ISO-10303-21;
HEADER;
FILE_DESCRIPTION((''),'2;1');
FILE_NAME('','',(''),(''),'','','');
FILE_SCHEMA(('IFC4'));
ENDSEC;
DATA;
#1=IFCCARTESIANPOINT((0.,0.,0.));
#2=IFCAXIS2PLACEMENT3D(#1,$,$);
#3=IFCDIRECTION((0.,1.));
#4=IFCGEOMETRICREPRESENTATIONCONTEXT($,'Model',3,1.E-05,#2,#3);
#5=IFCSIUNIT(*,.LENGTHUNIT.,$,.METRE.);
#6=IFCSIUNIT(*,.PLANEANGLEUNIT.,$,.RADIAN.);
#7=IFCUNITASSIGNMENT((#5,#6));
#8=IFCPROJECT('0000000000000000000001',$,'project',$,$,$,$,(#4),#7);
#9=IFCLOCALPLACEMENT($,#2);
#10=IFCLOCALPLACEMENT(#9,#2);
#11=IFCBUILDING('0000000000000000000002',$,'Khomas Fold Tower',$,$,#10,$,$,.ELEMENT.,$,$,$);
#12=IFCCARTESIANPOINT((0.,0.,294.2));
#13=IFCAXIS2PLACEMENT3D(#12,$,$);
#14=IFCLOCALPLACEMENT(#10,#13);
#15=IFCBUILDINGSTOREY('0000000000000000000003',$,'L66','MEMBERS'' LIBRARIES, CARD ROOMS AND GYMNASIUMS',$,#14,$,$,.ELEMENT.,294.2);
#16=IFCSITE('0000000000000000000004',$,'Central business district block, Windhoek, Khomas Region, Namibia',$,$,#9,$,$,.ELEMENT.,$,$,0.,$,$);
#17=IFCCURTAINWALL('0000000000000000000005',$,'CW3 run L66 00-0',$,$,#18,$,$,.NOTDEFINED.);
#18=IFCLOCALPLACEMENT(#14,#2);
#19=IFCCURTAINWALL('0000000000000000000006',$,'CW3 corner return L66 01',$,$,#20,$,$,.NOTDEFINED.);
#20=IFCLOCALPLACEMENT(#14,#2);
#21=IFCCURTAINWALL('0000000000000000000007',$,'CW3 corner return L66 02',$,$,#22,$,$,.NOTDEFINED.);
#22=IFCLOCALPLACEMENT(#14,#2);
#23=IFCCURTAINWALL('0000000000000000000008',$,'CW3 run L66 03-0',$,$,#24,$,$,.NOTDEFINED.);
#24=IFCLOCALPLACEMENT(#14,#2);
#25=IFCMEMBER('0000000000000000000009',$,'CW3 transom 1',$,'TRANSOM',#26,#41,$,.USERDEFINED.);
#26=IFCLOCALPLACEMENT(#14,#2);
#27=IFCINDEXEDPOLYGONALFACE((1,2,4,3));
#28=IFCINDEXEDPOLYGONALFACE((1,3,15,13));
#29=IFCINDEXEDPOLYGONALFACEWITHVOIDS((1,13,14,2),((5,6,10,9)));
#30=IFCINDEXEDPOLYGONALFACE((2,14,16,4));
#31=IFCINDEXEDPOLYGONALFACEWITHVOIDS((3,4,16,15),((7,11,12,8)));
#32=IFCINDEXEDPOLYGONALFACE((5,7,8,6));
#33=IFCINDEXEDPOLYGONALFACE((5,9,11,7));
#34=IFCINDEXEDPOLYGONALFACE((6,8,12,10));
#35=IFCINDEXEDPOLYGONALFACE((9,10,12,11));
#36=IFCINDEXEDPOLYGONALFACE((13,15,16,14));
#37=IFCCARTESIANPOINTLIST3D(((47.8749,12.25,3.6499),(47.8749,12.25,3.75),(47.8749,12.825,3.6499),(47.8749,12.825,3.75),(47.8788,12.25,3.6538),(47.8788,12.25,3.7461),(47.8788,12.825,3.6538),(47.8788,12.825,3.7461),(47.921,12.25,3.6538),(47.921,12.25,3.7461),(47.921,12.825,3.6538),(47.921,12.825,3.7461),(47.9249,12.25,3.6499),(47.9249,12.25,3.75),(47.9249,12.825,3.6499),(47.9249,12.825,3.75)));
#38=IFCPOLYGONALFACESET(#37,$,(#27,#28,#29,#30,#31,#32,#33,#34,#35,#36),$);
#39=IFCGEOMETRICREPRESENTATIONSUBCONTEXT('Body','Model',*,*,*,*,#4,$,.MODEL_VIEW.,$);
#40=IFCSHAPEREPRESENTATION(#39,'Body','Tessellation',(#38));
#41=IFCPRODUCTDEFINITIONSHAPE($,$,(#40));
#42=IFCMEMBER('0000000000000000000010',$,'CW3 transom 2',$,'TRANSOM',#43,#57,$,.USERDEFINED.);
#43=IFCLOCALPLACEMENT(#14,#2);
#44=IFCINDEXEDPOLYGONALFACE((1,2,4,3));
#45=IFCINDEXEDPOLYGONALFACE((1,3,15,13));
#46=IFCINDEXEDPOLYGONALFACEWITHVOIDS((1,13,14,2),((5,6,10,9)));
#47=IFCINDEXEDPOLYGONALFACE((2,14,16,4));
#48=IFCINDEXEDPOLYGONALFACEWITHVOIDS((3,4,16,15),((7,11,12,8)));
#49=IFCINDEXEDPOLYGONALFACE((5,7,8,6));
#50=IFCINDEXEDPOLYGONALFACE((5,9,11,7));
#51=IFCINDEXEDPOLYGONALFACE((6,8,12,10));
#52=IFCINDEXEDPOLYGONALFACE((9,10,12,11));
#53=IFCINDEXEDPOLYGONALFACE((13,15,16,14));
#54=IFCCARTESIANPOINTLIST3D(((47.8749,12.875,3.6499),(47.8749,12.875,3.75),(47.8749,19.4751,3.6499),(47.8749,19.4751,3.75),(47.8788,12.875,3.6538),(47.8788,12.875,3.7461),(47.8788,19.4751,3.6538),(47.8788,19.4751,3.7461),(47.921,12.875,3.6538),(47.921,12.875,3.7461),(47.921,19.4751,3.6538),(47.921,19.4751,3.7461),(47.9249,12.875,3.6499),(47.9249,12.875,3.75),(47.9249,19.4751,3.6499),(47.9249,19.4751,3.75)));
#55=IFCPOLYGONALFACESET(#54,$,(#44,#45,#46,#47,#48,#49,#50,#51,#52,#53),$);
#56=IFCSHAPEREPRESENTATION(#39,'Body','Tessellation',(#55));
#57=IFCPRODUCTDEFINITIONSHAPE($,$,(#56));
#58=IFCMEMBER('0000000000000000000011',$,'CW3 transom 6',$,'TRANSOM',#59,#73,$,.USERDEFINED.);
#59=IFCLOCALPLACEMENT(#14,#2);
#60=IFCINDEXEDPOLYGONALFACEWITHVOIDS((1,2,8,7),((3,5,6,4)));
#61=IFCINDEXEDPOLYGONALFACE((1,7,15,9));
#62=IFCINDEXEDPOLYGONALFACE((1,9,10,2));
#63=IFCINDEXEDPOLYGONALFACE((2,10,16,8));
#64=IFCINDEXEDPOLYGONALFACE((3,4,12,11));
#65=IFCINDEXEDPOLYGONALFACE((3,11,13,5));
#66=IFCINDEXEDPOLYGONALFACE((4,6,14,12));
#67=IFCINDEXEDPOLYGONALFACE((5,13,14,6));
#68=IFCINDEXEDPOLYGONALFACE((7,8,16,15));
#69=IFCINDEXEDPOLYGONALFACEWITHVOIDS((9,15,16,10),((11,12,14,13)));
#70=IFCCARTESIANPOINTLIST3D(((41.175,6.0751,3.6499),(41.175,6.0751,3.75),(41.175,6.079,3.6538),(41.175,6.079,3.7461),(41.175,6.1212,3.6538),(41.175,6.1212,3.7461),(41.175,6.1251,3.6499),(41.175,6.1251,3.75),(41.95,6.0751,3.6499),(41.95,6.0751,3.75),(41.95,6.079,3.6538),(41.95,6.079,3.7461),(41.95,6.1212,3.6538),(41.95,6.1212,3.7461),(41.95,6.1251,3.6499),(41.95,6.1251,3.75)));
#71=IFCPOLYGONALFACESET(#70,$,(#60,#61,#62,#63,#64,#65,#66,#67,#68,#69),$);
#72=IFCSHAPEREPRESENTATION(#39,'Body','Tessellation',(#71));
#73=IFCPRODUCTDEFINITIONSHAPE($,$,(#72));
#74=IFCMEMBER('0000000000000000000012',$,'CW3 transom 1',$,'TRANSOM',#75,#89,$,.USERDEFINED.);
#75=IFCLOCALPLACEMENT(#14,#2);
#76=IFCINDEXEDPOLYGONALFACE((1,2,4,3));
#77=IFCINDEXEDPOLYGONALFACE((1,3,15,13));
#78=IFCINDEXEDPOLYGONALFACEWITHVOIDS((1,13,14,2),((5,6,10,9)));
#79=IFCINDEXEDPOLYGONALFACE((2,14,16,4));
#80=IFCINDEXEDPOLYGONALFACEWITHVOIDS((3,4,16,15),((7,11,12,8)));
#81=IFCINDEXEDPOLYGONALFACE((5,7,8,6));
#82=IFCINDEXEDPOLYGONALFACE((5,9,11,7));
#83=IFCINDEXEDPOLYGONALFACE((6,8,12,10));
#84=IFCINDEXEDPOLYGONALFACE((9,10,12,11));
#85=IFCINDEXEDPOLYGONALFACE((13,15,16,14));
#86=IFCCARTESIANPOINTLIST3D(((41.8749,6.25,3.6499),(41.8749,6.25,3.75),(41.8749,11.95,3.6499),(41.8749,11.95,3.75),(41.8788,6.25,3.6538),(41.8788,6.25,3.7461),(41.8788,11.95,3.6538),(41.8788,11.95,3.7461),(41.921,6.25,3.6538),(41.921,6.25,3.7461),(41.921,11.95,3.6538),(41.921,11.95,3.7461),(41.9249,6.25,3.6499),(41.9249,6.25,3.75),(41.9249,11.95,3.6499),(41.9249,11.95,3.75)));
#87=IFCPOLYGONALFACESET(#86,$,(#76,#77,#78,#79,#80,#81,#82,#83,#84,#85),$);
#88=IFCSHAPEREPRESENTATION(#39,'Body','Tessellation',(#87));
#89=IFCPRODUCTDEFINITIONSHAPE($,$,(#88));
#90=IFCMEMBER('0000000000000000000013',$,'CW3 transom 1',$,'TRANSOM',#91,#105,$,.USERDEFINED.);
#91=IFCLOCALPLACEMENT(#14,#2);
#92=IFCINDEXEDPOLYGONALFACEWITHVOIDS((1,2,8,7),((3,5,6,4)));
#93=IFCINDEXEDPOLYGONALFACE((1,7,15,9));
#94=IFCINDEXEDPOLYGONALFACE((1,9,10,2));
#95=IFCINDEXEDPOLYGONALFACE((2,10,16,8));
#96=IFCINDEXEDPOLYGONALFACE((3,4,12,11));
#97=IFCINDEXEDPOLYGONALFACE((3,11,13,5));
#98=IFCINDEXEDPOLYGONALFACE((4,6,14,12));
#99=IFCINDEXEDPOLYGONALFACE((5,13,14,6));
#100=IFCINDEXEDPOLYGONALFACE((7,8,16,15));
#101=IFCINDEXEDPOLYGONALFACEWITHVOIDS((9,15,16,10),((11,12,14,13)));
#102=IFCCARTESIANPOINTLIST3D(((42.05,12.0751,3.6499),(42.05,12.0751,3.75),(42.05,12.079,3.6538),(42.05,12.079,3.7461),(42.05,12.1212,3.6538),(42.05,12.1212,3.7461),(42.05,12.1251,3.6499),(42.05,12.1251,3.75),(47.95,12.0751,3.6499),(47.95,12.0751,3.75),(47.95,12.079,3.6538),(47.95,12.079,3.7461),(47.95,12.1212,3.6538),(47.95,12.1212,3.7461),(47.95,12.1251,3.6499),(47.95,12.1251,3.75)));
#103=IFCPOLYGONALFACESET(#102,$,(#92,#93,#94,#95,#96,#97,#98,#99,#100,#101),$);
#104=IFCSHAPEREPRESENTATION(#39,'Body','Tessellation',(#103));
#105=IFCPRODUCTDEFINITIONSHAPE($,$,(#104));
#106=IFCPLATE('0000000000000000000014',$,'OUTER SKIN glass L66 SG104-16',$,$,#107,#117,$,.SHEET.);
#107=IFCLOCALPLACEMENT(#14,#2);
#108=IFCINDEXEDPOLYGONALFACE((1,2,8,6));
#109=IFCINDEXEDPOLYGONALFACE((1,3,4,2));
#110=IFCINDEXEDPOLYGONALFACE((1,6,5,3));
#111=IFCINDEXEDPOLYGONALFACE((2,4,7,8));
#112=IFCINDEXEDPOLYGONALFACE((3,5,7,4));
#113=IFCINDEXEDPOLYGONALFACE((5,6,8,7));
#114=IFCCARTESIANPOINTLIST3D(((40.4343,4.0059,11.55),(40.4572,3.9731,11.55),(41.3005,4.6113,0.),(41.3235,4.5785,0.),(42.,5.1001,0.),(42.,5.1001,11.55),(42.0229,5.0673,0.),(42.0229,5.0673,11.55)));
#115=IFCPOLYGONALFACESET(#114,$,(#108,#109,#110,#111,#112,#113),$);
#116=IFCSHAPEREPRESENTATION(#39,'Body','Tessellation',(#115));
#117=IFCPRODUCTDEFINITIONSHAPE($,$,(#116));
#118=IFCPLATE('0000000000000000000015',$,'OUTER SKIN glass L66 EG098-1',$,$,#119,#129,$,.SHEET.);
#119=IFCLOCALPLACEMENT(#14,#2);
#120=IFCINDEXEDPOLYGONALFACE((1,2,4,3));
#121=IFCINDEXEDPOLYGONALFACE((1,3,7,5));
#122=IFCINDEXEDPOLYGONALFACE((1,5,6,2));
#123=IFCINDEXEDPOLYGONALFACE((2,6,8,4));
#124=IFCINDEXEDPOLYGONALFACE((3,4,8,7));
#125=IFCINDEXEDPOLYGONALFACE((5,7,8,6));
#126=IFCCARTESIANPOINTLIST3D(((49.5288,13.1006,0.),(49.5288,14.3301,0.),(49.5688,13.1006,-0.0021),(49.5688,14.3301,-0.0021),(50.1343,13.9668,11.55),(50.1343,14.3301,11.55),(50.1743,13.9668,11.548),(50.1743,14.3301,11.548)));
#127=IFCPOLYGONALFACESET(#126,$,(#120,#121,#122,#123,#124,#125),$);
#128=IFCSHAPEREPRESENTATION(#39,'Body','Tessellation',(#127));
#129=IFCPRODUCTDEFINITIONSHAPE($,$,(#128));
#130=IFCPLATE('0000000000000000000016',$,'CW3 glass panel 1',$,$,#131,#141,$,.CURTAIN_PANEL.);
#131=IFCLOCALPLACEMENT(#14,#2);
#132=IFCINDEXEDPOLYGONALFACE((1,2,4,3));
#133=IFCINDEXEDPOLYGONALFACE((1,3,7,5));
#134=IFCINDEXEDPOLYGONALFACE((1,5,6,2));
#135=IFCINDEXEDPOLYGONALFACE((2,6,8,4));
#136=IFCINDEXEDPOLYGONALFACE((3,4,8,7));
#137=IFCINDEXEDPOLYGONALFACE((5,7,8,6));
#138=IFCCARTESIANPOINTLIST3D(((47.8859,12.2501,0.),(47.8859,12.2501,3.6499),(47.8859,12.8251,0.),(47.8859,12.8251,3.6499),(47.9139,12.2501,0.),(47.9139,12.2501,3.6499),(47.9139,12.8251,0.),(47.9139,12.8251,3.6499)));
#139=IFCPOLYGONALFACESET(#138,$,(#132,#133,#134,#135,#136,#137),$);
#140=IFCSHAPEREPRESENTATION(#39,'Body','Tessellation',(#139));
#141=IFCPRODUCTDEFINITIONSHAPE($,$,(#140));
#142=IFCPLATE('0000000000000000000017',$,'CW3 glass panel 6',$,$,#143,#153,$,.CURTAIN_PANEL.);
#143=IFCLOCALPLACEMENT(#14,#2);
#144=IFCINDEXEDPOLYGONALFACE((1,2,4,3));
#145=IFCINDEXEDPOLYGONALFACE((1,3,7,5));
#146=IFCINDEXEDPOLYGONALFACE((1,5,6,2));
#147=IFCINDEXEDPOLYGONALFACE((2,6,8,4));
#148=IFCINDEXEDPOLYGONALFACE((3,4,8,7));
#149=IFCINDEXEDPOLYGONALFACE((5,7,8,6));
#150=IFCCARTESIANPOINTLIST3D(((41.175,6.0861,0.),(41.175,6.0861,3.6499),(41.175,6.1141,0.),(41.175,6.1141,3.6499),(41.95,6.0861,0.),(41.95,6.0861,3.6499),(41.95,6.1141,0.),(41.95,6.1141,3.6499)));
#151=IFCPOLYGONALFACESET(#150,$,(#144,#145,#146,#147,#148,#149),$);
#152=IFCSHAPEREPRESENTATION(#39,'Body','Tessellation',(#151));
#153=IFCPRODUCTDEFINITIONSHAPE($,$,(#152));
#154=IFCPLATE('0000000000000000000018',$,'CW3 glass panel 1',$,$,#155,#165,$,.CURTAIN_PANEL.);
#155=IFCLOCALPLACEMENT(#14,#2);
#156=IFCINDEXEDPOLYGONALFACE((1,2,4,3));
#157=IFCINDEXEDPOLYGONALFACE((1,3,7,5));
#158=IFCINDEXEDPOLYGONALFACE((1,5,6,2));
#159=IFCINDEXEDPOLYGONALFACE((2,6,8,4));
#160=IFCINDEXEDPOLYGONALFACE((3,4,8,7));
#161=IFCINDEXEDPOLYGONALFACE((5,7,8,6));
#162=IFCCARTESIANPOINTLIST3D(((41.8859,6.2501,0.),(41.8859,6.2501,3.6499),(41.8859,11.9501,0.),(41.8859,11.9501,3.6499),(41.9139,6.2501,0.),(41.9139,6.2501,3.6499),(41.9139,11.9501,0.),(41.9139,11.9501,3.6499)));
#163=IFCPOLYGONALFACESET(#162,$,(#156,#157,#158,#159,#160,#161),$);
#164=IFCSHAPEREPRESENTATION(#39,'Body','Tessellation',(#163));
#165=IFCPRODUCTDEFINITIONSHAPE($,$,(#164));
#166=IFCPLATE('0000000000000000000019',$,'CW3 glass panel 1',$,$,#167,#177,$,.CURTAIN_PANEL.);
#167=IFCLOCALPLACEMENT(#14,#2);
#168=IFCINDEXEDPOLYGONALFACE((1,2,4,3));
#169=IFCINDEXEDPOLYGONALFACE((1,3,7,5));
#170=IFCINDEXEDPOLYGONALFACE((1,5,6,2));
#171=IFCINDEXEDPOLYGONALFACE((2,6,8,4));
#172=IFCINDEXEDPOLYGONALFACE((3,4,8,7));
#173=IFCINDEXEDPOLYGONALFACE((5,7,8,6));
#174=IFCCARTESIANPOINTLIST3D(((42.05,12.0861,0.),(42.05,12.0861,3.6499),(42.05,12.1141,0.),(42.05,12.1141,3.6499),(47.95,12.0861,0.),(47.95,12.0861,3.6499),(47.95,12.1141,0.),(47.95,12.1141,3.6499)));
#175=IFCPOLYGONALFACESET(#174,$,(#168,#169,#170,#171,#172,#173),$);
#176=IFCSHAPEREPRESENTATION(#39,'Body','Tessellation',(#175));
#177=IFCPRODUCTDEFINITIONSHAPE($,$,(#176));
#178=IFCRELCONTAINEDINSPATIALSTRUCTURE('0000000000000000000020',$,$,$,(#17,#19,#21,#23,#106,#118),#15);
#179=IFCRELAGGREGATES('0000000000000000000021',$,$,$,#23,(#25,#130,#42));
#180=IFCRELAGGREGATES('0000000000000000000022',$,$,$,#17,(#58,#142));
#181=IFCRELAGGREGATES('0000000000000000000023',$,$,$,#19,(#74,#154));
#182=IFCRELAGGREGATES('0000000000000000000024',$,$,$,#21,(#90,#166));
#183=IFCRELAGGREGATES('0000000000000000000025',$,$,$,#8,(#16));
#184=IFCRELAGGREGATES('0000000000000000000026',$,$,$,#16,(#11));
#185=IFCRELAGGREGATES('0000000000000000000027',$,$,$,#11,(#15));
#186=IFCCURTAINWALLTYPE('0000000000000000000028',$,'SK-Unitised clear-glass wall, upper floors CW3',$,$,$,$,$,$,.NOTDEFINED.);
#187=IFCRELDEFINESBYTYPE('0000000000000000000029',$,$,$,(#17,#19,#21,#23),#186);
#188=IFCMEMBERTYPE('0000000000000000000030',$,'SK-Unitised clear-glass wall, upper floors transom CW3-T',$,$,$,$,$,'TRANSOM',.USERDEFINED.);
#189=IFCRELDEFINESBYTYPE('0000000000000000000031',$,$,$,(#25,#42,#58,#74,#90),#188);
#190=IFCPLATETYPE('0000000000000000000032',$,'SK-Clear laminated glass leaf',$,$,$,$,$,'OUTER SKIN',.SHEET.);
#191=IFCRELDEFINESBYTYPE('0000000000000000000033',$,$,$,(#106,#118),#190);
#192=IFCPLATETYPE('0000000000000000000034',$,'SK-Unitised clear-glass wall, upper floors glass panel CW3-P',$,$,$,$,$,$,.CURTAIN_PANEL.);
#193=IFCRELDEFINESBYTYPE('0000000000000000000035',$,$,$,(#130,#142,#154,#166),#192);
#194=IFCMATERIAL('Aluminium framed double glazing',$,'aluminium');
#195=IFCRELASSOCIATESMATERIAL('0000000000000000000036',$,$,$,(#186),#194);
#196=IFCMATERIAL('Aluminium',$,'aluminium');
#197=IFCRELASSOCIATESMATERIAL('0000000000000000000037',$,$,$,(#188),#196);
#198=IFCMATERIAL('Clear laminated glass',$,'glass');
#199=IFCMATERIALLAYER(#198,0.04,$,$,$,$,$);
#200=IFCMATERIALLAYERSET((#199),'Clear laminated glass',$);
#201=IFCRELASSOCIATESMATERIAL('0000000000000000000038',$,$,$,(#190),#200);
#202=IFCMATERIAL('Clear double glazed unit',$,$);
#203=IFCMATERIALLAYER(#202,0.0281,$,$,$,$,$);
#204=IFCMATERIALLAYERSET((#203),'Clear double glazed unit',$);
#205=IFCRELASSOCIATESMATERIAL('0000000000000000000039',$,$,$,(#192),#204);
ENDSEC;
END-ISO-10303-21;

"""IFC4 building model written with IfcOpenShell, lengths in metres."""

from ifc_helpers import new_model, si_unit, direction, frame, origin, origin_2d, place, context, subcontext, project, spatial, polyline, rectangle, hollow_rectangle, outline, extrude, source, transform, mapped, material, layer, layer_set, material_profile, profile_set, type_object, element, aggregate, save


model = new_model("IFC4")

# Units and contexts
model_context = context("Model", 3, precision=1e-05, world=origin(), true_north=direction((0.0, 1.0)))
body_context = subcontext(model_context, "Body", "Model", "MODEL_VIEW")
ifc_project = project(units=[si_unit("LENGTHUNIT", "METRE"), si_unit("PLANEANGLEUNIT", "RADIAN")], contexts=[model_context])

# Site, building, storey
site_placement = place(None, origin())
site = spatial("IfcSite", under=ifc_project, at=site_placement, Name="Central business district block, Windhoek, Khomas Region, Namibia", CompositionType="ELEMENT", RefElevation=0.0)
building_placement = place(site_placement, origin())
building = spatial("IfcBuilding", under=site, at=building_placement, Name="Khomas Fold Tower", CompositionType="ELEMENT")
storey_placement = place(building_placement, frame((0.0, 0.0, 294.2)))
storey = spatial("IfcBuildingStorey", under=building, at=storey_placement, Name="L66", Description="MEMBERS' LIBRARIES, CARD ROOMS AND GYMNASIUMS", CompositionType="ELEMENT", Elevation=294.2)

# Curtain wall
ifc_material_1 = material(Name="Aluminium framed double glazing", Category="aluminium")
curtain_wall_type = type_object("IfcCurtainWallType", Name="SK-Unitised clear-glass wall, upper floors CW3", PredefinedType="NOTDEFINED", material=ifc_material_1)
curtain_wall_1_placement = place(storey_placement, origin())
curtain_wall_1 = element("IfcCurtainWall", 1, at=curtain_wall_1_placement, inside=storey, type_object=curtain_wall_type, Name="CW3 run L66 00-0", PredefinedType="NOTDEFINED")

# Curtain walls, members
curtain_wall_2_placement = place(storey_placement, origin())
curtain_wall_2 = element("IfcCurtainWall", 2, at=curtain_wall_2_placement, inside=storey, type_object=curtain_wall_type, Name="CW3 corner return L66 01", PredefinedType="NOTDEFINED")
curtain_wall_3_placement = place(storey_placement, origin())
curtain_wall_3 = element("IfcCurtainWall", 3, at=curtain_wall_3_placement, inside=storey, type_object=curtain_wall_type, Name="CW3 corner return L66 02", PredefinedType="NOTDEFINED")
curtain_wall_4_placement = place(storey_placement, origin())
curtain_wall_4 = element("IfcCurtainWall", 4, at=curtain_wall_4_placement, inside=storey, type_object=curtain_wall_type, Name="CW3 run L66 03-0", PredefinedType="NOTDEFINED")
ifc_material_2 = material(Name="Aluminium", Category="aluminium")
ifc_material_profile_1 = material_profile(ifc_material_2, hollow_rectangle(XDim=0.05, YDim=0.1001, WallThickness=0.0039, at=origin_2d()), Name="SK-Unitised clear-glass wall, upper floors transom CW3-T")
ifc_profile_set_1 = profile_set([ifc_material_profile_1], Name="Aluminium")
member_type_1 = type_object("IfcMemberType", Name="SK-Unitised clear-glass wall, upper floors transom CW3-T", ElementType="TRANSOM", PredefinedType="USERDEFINED", material=ifc_profile_set_1)
shared_shape_1 = source(origin(), body_context, "Body", "SweptSolid", [
    extrude(hollow_rectangle(XDim=0.05, YDim=0.1001, WallThickness=0.0039, at=origin_2d()), origin(), (0.0, 0.0, 1.0), 0.575),
])
member_1_placement = place(storey_placement, frame((47.8999, 12.25, 3.7), z_axis=(0.0, 1.0, 0.0), x_axis=(-1.0, 0.0, 0.0)))
member_1 = element("IfcMember", 5, at=member_1_placement, type_object=member_type_1, Name="CW3 transom 1", ObjectType="TRANSOM", PredefinedType="USERDEFINED", context=body_context, shape_type="MappedRepresentation", body=[
    mapped(shared_shape_1, transform((0.0, 0.0, 0.0))),
])
shared_shape_2 = source(origin(), body_context, "Body", "SweptSolid", [
    extrude(hollow_rectangle(XDim=0.05, YDim=0.1001, WallThickness=0.0039, at=origin_2d()), origin(), (0.0, 0.0, 1.0), 6.6001),
])
member_2_placement = place(storey_placement, frame((47.8999, 12.875, 3.7), z_axis=(0.0, 1.0, 0.0), x_axis=(-1.0, 0.0, 0.0)))
member_2 = element("IfcMember", 6, at=member_2_placement, type_object=member_type_1, Name="CW3 transom 2", ObjectType="TRANSOM", PredefinedType="USERDEFINED", context=body_context, shape_type="MappedRepresentation", body=[
    mapped(shared_shape_2, transform((0.0, 0.0, 0.0))),
])

# Members
shared_shape_3 = source(origin(), body_context, "Body", "SweptSolid", [
    extrude(hollow_rectangle(XDim=0.05, YDim=0.1001, WallThickness=0.0039, at=origin_2d()), origin(), (0.0, 0.0, 1.0), 0.7749),
])
member_3_placement = place(storey_placement, frame((41.175, 6.1001, 3.7), z_axis=(1.0, 0.0, 0.0), x_axis=(0.0, 1.0, 0.0)))
member_3 = element("IfcMember", 7, at=member_3_placement, type_object=member_type_1, Name="CW3 transom 6", ObjectType="TRANSOM", PredefinedType="USERDEFINED", context=body_context, shape_type="MappedRepresentation", body=[
    mapped(shared_shape_3, transform((0.0, 0.0, 0.0))),
])
shared_shape_4 = source(origin(), body_context, "Body", "SweptSolid", [
    extrude(hollow_rectangle(XDim=0.05, YDim=0.1001, WallThickness=0.0039, at=origin_2d()), origin(), (0.0, 0.0, 1.0), 5.7),
])
member_4_placement = place(storey_placement, frame((41.8999, 6.25, 3.7), z_axis=(0.0, 1.0, 0.0), x_axis=(-1.0, 0.0, 0.0)))
member_4 = element("IfcMember", 8, at=member_4_placement, type_object=member_type_1, Name="CW3 transom 1", ObjectType="TRANSOM", PredefinedType="USERDEFINED", context=body_context, shape_type="MappedRepresentation", body=[
    mapped(shared_shape_4, transform((0.0, 0.0, 0.0))),
])
shared_shape_5 = source(origin(), body_context, "Body", "SweptSolid", [
    extrude(hollow_rectangle(XDim=0.05, YDim=0.1001, WallThickness=0.0039, at=origin_2d()), origin(), (0.0, 0.0, 1.0), 5.8999),
])
member_5_placement = place(storey_placement, frame((42.05, 12.1001, 3.7), z_axis=(1.0, 0.0, 0.0), x_axis=(0.0, 1.0, 0.0)))
member_5 = element("IfcMember", 9, at=member_5_placement, type_object=member_type_1, Name="CW3 transom 1", ObjectType="TRANSOM", PredefinedType="USERDEFINED", context=body_context, shape_type="MappedRepresentation", body=[
    mapped(shared_shape_5, transform((0.0, 0.0, 0.0))),
])

# Plates
ifc_material_3 = material(Name="Clear laminated glass", Category="glass")
ifc_layer_1 = layer(ifc_material_3, 0.04)
ifc_layer_set_1 = layer_set([ifc_layer_1], Name="Clear laminated glass")
plate_type_1 = type_object("IfcPlateType", Name="SK-Clear laminated glass leaf", ElementType="OUTER SKIN", PredefinedType="SHEET", material=ifc_layer_set_1)
plate_1_placement = place(storey_placement, frame((41.3005, 4.6113, 0.0), z_axis=(-0.572834, 0.819672, 0.000004), x_axis=(-0.074687, -0.0522, 0.99584)))
element("IfcPlate", 10, at=plate_1_placement, inside=storey, type_object=plate_type_1, Name="OUTER SKIN glass L66 SG104-16", PredefinedType="SHEET", context=body_context, shape_type="SweptSolid", body=[
    extrude(outline(polyline([(0.0, 0.0), (11.5983, 0.0), (11.4242, 1.9022), (-0.0778, 0.8498), (0.0, 0.0)])), origin(), (0.0, 0.0, -1.0), 0.04),
])
plate_2_placement = place(storey_placement, frame((49.5288, 13.1006, 0.0), z_axis=(-0.998629, 0.0, 0.052349), x_axis=(0.052203, 0.074684, 0.99584)))
element("IfcPlate", 11, at=plate_2_placement, inside=storey, type_object=plate_type_1, Name="OUTER SKIN glass L66 EG098-1", PredefinedType="SHEET", context=body_context, shape_type="SweptSolid", body=[
    extrude(outline(polyline([(0.0, 0.0), (11.5983, 0.0), (11.6254, 0.3623), (0.0918, 1.2261), (0.0, 0.0)])), origin(), (0.0, 0.0, -1.0), 0.04),
])

# Plates
ifc_material_4 = material(Name="Clear double glazed unit")
ifc_layer_2 = layer(ifc_material_4, 0.0281)
ifc_layer_set_2 = layer_set([ifc_layer_2], Name="Clear double glazed unit")
plate_type_2 = type_object("IfcPlateType", Name="SK-Unitised clear-glass wall, upper floors glass panel CW3-P", PredefinedType="CURTAIN_PANEL", material=ifc_layer_set_2)
shared_shape_6 = source(origin(), body_context, "Body", "SweptSolid", [
    extrude(rectangle(XDim=0.575, YDim=0.0281, at=origin_2d()), origin(), (0.0, 0.0, 1.0), 3.6499),
])
plate_3_placement = place(storey_placement, frame((47.8999, 12.5376, 0.0), z_axis=(0.0, 0.0, 1.0), x_axis=(0.0, 1.0, 0.0)))
plate_3 = element("IfcPlate", 12, at=plate_3_placement, type_object=plate_type_2, Name="CW3 glass panel 1", PredefinedType="CURTAIN_PANEL", context=body_context, shape_type="MappedRepresentation", body=[
    mapped(shared_shape_6, transform((0.0, 0.0, 0.0))),
])
aggregate(curtain_wall_4, [member_1, plate_3, member_2])
shared_shape_7 = source(origin(), body_context, "Body", "SweptSolid", [
    extrude(rectangle(XDim=0.7749, YDim=0.0281, at=origin_2d()), origin(), (0.0, 0.0, 1.0), 3.6499),
])
plate_4_placement = place(storey_placement, frame((41.5625, 6.1001, 0.0), z_axis=(0.0, 0.0, 1.0), x_axis=(1.0, 0.0, 0.0)))
plate_4 = element("IfcPlate", 13, at=plate_4_placement, type_object=plate_type_2, Name="CW3 glass panel 6", PredefinedType="CURTAIN_PANEL", context=body_context, shape_type="MappedRepresentation", body=[
    mapped(shared_shape_7, transform((0.0, 0.0, 0.0))),
])
aggregate(curtain_wall_1, [member_3, plate_4])
shared_shape_8 = source(origin(), body_context, "Body", "SweptSolid", [
    extrude(rectangle(XDim=5.7, YDim=0.0281, at=origin_2d()), origin(), (0.0, 0.0, 1.0), 3.6499),
])
plate_5_placement = place(storey_placement, frame((41.8999, 9.1001, 0.0), z_axis=(0.0, 0.0, 1.0), x_axis=(0.0, 1.0, 0.0)))
plate_5 = element("IfcPlate", 14, at=plate_5_placement, type_object=plate_type_2, Name="CW3 glass panel 1", PredefinedType="CURTAIN_PANEL", context=body_context, shape_type="MappedRepresentation", body=[
    mapped(shared_shape_8, transform((0.0, 0.0, 0.0))),
])
aggregate(curtain_wall_2, [member_4, plate_5])
shared_shape_9 = source(origin(), body_context, "Body", "SweptSolid", [
    extrude(rectangle(XDim=5.8999, YDim=0.0281, at=origin_2d()), origin(), (0.0, 0.0, 1.0), 3.6499),
])
plate_6_placement = place(storey_placement, frame((45.0, 12.1001, 0.0), z_axis=(0.0, 0.0, 1.0), x_axis=(1.0, 0.0, 0.0)))
plate_6 = element("IfcPlate", 15, at=plate_6_placement, type_object=plate_type_2, Name="CW3 glass panel 1", PredefinedType="CURTAIN_PANEL", context=body_context, shape_type="MappedRepresentation", body=[
    mapped(shared_shape_9, transform((0.0, 0.0, 0.0))),
])
aggregate(curtain_wall_3, [member_5, plate_6])

save(model, "model.ifc")
